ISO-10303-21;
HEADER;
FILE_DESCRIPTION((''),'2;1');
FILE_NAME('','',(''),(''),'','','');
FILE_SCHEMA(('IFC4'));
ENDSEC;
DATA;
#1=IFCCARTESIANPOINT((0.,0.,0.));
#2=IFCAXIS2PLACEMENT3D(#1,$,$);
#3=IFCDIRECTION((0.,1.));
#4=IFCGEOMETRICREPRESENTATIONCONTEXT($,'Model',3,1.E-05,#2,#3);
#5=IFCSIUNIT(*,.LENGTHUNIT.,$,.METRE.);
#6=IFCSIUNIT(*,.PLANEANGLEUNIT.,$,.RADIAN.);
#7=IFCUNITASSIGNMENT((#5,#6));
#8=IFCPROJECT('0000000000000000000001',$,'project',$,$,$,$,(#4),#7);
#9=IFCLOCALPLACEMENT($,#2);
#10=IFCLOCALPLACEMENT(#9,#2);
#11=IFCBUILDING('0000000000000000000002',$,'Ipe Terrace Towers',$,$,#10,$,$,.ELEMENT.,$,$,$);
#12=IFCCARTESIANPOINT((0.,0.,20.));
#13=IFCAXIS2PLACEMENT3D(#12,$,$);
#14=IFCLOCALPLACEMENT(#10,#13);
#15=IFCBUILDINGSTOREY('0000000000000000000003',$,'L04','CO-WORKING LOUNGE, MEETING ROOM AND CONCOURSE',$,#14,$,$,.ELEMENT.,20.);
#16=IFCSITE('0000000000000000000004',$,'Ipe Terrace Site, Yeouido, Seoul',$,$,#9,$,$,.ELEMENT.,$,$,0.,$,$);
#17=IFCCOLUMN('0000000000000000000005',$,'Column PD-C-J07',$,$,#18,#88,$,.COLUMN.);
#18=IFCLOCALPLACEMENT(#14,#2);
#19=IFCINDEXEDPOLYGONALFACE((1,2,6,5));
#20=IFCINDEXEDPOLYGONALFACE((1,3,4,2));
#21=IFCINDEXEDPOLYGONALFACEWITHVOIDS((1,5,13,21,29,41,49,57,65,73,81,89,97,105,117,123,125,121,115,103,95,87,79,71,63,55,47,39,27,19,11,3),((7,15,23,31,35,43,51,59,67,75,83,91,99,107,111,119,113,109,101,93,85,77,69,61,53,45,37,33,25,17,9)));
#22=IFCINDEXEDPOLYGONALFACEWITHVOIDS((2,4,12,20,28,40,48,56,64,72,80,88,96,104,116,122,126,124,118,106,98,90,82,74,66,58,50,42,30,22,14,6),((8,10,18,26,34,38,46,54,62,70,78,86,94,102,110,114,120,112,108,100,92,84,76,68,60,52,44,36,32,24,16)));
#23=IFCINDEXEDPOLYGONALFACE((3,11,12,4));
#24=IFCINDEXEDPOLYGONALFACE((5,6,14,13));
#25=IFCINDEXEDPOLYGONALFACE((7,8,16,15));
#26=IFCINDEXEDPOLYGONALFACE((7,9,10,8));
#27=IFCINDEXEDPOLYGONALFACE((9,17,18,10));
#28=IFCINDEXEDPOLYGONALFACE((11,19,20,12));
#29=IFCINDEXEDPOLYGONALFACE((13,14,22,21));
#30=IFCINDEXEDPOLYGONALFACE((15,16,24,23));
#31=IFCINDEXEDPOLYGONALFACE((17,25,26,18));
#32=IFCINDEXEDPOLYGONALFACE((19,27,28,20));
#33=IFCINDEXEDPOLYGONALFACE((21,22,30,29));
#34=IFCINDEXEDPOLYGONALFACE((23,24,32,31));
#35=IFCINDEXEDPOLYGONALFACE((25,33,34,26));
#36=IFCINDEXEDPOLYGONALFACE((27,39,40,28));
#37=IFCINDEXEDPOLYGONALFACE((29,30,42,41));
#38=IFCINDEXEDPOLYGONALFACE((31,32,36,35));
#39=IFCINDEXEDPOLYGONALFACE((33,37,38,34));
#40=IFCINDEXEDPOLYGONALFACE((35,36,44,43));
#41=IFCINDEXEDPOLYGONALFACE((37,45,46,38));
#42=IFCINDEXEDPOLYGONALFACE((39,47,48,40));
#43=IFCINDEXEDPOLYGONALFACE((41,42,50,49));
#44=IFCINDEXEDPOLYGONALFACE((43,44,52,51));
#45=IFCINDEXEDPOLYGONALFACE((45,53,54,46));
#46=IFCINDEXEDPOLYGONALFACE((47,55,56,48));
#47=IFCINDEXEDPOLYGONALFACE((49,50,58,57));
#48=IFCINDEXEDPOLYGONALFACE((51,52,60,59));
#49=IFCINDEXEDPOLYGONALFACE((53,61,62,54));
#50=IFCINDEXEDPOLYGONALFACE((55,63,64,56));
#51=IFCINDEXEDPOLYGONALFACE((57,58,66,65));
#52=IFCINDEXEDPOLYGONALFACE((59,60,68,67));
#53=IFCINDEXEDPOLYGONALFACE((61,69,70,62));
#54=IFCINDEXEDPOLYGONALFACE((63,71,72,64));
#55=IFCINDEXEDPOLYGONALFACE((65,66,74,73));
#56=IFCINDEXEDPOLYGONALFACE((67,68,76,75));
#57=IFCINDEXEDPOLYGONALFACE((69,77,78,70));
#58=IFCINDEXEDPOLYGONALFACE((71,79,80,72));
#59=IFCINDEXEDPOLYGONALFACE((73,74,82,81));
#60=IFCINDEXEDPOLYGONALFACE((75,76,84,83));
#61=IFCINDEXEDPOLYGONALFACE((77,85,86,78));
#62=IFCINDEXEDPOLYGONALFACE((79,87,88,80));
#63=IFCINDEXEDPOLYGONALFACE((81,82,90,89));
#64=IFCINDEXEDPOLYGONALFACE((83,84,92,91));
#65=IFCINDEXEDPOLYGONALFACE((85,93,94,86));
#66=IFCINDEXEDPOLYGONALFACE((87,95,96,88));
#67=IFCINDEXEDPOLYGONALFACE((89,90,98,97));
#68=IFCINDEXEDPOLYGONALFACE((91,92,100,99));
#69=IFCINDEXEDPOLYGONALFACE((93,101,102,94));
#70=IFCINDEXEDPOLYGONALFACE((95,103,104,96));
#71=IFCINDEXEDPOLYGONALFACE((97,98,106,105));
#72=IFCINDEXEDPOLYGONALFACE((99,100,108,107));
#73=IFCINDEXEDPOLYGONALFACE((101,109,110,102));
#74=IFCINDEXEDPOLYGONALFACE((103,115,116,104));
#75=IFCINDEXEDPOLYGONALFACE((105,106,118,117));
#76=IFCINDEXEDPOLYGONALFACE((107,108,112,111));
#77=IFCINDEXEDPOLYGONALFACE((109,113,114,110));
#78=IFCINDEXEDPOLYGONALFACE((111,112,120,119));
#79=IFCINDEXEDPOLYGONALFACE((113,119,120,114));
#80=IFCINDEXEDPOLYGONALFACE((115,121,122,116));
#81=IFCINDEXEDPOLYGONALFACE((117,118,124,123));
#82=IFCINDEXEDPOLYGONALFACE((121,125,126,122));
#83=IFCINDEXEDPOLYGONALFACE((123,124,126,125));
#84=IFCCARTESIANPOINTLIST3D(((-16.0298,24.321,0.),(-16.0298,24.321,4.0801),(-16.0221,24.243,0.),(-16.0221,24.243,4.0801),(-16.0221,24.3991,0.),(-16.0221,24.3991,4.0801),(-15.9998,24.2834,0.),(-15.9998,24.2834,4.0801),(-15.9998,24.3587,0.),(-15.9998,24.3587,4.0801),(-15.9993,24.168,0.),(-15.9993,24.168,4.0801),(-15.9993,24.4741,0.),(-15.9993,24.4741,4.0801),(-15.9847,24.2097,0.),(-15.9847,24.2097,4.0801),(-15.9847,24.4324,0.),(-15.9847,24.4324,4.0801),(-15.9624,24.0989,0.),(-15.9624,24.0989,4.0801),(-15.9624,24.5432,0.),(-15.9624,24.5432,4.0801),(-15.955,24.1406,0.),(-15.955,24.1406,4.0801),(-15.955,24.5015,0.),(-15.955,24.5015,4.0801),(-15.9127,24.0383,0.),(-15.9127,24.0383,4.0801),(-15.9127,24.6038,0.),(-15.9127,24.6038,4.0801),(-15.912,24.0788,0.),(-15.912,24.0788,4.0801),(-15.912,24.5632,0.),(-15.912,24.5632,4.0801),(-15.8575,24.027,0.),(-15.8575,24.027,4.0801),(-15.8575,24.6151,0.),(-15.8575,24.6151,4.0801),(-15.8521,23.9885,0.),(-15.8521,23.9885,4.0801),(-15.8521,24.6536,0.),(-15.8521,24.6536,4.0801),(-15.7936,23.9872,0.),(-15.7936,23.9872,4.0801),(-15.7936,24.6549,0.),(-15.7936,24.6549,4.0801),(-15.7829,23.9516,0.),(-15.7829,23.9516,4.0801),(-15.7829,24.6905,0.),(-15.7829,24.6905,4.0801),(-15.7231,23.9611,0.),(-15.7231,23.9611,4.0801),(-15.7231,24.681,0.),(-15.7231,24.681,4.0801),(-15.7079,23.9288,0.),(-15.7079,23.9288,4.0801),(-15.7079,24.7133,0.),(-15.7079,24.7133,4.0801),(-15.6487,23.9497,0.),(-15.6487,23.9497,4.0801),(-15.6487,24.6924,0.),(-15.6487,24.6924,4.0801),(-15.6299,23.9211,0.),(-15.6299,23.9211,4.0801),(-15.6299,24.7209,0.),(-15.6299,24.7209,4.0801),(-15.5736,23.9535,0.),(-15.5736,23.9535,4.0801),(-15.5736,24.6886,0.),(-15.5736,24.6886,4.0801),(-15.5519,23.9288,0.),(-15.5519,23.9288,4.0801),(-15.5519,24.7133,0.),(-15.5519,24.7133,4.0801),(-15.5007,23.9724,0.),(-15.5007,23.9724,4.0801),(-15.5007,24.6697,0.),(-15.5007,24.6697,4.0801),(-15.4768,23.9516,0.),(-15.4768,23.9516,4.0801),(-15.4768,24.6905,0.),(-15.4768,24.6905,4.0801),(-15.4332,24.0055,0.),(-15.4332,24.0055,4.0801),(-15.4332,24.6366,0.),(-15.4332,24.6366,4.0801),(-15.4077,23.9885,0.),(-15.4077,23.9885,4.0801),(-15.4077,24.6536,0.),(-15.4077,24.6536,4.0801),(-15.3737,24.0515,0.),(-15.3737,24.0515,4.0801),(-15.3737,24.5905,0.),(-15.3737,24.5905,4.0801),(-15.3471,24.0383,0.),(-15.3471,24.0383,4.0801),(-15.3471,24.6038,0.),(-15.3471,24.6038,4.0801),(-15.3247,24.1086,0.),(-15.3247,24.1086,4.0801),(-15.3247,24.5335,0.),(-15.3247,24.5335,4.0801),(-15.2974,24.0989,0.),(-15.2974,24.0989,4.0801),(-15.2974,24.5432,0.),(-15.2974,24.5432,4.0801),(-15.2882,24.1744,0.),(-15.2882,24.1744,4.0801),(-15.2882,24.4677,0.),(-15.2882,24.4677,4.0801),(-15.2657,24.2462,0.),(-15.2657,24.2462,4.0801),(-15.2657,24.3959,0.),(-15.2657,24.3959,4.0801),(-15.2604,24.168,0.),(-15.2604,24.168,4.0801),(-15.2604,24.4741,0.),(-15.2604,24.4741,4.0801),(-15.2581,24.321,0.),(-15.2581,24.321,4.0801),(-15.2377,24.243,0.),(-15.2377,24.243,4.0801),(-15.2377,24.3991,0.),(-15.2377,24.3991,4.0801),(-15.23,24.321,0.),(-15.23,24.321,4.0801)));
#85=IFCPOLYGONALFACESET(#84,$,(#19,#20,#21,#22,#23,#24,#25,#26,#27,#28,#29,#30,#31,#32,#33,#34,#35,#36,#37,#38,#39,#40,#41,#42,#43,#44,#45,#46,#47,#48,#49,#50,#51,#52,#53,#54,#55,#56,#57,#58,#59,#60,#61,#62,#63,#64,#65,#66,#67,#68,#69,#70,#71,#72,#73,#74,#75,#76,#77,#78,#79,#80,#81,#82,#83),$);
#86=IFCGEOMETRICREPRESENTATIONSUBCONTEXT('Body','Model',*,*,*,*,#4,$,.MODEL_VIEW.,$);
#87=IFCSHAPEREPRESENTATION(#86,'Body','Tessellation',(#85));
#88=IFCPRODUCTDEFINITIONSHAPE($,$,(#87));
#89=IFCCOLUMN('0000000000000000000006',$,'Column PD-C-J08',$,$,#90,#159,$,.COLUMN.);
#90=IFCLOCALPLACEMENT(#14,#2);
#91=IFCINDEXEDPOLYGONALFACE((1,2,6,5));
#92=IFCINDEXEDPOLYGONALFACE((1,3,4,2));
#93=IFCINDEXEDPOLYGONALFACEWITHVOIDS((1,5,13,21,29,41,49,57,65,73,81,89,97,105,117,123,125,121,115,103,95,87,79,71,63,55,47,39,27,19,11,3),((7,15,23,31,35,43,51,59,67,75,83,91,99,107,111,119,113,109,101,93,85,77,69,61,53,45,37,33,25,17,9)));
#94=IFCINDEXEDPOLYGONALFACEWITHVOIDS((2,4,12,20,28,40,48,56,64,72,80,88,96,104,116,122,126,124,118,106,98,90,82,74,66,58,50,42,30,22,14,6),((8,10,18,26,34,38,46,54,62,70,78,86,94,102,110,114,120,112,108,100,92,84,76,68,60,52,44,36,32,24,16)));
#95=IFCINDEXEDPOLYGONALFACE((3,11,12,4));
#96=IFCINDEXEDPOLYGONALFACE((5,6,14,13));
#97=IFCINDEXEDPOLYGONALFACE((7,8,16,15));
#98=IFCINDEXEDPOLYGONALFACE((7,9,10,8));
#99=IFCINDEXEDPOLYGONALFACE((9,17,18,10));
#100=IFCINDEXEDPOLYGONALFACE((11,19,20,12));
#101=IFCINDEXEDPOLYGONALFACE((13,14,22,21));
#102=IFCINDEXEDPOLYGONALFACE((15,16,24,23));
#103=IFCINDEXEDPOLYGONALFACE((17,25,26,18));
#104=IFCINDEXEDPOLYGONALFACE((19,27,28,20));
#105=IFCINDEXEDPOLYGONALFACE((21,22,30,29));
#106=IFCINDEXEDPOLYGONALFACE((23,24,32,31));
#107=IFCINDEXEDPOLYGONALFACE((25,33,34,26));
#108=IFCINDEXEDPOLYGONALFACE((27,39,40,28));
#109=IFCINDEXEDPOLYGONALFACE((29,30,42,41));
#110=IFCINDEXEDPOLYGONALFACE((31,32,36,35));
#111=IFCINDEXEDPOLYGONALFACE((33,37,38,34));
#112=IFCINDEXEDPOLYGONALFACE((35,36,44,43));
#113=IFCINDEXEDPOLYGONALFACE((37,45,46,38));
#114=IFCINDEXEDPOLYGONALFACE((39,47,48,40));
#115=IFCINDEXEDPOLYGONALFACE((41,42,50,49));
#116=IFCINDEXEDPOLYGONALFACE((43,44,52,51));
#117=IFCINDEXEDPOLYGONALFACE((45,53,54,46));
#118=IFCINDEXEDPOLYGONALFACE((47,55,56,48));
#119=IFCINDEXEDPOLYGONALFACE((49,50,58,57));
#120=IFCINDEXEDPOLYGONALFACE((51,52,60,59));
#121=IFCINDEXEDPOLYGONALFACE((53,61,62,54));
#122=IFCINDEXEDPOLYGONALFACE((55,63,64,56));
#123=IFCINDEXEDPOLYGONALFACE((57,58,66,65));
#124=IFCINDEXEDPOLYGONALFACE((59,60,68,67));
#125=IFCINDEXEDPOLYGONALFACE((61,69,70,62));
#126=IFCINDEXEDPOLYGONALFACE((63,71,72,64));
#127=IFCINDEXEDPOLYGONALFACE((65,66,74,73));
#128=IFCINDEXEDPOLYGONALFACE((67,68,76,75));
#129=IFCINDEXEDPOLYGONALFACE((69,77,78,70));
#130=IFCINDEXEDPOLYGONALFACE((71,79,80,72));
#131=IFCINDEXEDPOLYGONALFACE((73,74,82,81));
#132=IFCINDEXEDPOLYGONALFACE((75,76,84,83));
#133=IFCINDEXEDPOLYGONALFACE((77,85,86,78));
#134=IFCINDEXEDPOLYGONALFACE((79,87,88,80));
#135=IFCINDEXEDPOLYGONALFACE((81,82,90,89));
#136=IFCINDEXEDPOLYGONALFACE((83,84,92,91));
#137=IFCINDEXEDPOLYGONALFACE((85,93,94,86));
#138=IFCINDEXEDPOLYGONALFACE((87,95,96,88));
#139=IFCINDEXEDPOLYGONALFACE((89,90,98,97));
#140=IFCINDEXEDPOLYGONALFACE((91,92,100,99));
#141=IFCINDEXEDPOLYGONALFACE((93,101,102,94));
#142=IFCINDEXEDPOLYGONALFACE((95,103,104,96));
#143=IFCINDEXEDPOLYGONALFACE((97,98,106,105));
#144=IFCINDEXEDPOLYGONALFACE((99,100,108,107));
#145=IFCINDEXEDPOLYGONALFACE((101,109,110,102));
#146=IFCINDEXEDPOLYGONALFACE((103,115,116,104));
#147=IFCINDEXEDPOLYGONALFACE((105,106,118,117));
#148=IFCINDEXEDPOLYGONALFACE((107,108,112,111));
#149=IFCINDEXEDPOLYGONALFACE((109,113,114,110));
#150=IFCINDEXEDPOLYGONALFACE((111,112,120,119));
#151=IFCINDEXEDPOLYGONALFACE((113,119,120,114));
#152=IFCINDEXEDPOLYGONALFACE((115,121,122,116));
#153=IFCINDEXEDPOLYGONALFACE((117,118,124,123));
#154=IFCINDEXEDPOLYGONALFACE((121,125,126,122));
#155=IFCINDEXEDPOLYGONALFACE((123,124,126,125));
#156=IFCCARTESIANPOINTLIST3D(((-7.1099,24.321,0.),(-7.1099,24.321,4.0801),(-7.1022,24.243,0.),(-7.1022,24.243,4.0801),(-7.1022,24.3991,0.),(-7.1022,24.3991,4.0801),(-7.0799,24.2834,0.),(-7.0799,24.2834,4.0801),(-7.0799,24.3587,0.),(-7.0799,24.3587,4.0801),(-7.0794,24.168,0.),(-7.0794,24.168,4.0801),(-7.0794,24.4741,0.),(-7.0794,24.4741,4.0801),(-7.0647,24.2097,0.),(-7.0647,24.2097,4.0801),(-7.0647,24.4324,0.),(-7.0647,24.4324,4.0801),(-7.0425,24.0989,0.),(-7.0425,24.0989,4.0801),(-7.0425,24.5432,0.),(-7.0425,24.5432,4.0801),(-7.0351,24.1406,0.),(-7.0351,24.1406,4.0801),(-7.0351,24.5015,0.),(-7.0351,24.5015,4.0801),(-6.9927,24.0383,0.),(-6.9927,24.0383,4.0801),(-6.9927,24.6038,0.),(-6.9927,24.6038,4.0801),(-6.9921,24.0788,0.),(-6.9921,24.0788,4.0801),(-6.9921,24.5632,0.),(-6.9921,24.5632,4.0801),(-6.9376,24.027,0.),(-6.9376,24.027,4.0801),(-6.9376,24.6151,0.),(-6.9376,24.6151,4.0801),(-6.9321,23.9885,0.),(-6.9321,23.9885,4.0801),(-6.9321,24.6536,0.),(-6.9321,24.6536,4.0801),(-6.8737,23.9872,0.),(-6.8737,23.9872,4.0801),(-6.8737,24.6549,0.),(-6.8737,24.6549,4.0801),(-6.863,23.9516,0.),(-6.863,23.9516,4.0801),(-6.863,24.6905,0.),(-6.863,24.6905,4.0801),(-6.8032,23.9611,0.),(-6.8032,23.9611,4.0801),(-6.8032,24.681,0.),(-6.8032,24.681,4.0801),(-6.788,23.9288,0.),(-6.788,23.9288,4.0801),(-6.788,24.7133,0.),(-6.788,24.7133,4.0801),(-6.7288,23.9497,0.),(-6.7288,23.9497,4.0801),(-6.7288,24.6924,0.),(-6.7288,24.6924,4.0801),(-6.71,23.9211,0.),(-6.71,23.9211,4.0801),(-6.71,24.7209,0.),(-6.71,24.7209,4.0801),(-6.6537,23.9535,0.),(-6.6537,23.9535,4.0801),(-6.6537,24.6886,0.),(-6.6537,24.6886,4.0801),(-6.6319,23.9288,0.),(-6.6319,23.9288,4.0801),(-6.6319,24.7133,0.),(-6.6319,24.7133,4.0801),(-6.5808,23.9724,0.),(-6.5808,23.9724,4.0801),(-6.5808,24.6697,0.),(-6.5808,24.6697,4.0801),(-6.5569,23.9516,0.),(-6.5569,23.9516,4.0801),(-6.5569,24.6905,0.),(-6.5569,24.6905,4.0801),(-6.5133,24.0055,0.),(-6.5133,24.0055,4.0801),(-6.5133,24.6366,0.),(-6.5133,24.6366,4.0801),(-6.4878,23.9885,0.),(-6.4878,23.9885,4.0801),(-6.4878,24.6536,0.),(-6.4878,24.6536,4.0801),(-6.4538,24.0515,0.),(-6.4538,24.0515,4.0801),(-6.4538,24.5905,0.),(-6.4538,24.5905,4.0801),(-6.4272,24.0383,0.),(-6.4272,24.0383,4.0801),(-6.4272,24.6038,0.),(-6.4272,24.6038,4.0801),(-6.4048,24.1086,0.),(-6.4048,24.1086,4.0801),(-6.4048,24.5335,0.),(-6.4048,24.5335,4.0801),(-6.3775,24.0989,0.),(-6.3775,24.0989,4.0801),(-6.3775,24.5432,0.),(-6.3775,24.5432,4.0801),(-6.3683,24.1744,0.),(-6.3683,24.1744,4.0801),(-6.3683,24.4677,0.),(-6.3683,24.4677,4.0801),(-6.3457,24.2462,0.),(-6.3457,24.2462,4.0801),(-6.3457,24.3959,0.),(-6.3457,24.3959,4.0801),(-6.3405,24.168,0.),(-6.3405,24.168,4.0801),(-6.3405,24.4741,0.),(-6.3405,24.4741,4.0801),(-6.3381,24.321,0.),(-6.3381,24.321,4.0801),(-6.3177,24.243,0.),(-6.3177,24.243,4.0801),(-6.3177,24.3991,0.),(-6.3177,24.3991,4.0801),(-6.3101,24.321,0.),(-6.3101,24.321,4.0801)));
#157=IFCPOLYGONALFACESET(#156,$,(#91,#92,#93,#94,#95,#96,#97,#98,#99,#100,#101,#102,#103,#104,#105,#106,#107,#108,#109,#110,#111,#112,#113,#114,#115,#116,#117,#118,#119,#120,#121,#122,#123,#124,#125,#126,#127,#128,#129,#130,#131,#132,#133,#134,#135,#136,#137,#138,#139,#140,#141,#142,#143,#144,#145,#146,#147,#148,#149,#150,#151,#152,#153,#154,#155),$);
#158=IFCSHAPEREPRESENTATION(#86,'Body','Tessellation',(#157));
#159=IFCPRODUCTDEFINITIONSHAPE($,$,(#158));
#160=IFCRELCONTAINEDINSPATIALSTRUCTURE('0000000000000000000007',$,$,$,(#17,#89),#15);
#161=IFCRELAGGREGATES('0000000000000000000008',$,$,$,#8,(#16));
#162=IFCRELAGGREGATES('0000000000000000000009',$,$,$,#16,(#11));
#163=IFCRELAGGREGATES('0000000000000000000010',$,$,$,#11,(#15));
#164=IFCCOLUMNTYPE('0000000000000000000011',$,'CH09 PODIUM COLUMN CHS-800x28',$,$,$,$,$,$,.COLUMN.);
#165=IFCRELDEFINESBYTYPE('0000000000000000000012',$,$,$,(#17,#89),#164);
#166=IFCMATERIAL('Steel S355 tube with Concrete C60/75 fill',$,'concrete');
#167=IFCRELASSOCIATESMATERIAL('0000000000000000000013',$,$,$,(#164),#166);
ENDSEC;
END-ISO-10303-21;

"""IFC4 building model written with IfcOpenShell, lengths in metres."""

from ifc_helpers import new_model, si_unit, direction, frame, origin, origin_2d, place, context, subcontext, project, spatial, hollow_circle, extrude, material, material_profile, profile_set, type_object, element, save


model = new_model("IFC4")

# Units and contexts
model_context = context("Model", 3, precision=1e-05, world=origin(), true_north=direction((0.0, 1.0)))
body_context = subcontext(model_context, "Body", "Model", "MODEL_VIEW")
ifc_project = project(units=[si_unit("LENGTHUNIT", "METRE"), si_unit("PLANEANGLEUNIT", "RADIAN")], contexts=[model_context])

# Site, building, storey
site_placement = place(None, origin())
site = spatial("IfcSite", under=ifc_project, at=site_placement, Name="Ipe Terrace Site, Yeouido, Seoul", CompositionType="ELEMENT", RefElevation=0.0)
building_placement = place(site_placement, origin())
building = spatial("IfcBuilding", under=site, at=building_placement, Name="Ipe Terrace Towers", CompositionType="ELEMENT")
storey_placement = place(building_placement, frame((0.0, 0.0, 20.0)))
storey = spatial("IfcBuildingStorey", under=building, at=storey_placement, Name="L04", Description="CO-WORKING LOUNGE, MEETING ROOM AND CONCOURSE", CompositionType="ELEMENT", Elevation=20.0)

# Columns
ifc_material_1 = material(Name="Steel S355 tube with Concrete C60/75 fill", Category="concrete")
ifc_material_profile_1 = material_profile(ifc_material_1, hollow_circle(Radius=0.3999, WallThickness=0.0281, at=origin_2d()), Name="CHS-800x28")
ifc_profile_set_1 = profile_set([ifc_material_profile_1], Name="Steel S355 tube with Concrete C60/75 fill")
column_type = type_object("IfcColumnType", Name="CH09 PODIUM COLUMN CHS-800x28", PredefinedType="COLUMN", material=ifc_profile_set_1)
for number, where, z_axis, x_axis, name in (
    (1, (-15.6299, 24.321, 0.0), (0.0, 0.0, 1.0), (1.0, 0.0, 0.0), "Column PD-C-J07"),
    (2, (-6.71, 24.321, 0.0), (0.0, 0.0, 1.0), (1.0, 0.0, 0.0), "Column PD-C-J08"),
):
    element("IfcColumn", number, at=place(storey_placement, frame(where, z_axis=z_axis, x_axis=x_axis)), inside=storey, type_object=column_type, Name=name, PredefinedType="COLUMN", context=body_context, shape_type="SweptSolid", body=[
        extrude(hollow_circle(Radius=0.3999, WallThickness=0.0281, at=origin_2d()), origin(), (0.0, 0.0, 1.0), 4.0801),
    ])

save(model, "model.ifc")
